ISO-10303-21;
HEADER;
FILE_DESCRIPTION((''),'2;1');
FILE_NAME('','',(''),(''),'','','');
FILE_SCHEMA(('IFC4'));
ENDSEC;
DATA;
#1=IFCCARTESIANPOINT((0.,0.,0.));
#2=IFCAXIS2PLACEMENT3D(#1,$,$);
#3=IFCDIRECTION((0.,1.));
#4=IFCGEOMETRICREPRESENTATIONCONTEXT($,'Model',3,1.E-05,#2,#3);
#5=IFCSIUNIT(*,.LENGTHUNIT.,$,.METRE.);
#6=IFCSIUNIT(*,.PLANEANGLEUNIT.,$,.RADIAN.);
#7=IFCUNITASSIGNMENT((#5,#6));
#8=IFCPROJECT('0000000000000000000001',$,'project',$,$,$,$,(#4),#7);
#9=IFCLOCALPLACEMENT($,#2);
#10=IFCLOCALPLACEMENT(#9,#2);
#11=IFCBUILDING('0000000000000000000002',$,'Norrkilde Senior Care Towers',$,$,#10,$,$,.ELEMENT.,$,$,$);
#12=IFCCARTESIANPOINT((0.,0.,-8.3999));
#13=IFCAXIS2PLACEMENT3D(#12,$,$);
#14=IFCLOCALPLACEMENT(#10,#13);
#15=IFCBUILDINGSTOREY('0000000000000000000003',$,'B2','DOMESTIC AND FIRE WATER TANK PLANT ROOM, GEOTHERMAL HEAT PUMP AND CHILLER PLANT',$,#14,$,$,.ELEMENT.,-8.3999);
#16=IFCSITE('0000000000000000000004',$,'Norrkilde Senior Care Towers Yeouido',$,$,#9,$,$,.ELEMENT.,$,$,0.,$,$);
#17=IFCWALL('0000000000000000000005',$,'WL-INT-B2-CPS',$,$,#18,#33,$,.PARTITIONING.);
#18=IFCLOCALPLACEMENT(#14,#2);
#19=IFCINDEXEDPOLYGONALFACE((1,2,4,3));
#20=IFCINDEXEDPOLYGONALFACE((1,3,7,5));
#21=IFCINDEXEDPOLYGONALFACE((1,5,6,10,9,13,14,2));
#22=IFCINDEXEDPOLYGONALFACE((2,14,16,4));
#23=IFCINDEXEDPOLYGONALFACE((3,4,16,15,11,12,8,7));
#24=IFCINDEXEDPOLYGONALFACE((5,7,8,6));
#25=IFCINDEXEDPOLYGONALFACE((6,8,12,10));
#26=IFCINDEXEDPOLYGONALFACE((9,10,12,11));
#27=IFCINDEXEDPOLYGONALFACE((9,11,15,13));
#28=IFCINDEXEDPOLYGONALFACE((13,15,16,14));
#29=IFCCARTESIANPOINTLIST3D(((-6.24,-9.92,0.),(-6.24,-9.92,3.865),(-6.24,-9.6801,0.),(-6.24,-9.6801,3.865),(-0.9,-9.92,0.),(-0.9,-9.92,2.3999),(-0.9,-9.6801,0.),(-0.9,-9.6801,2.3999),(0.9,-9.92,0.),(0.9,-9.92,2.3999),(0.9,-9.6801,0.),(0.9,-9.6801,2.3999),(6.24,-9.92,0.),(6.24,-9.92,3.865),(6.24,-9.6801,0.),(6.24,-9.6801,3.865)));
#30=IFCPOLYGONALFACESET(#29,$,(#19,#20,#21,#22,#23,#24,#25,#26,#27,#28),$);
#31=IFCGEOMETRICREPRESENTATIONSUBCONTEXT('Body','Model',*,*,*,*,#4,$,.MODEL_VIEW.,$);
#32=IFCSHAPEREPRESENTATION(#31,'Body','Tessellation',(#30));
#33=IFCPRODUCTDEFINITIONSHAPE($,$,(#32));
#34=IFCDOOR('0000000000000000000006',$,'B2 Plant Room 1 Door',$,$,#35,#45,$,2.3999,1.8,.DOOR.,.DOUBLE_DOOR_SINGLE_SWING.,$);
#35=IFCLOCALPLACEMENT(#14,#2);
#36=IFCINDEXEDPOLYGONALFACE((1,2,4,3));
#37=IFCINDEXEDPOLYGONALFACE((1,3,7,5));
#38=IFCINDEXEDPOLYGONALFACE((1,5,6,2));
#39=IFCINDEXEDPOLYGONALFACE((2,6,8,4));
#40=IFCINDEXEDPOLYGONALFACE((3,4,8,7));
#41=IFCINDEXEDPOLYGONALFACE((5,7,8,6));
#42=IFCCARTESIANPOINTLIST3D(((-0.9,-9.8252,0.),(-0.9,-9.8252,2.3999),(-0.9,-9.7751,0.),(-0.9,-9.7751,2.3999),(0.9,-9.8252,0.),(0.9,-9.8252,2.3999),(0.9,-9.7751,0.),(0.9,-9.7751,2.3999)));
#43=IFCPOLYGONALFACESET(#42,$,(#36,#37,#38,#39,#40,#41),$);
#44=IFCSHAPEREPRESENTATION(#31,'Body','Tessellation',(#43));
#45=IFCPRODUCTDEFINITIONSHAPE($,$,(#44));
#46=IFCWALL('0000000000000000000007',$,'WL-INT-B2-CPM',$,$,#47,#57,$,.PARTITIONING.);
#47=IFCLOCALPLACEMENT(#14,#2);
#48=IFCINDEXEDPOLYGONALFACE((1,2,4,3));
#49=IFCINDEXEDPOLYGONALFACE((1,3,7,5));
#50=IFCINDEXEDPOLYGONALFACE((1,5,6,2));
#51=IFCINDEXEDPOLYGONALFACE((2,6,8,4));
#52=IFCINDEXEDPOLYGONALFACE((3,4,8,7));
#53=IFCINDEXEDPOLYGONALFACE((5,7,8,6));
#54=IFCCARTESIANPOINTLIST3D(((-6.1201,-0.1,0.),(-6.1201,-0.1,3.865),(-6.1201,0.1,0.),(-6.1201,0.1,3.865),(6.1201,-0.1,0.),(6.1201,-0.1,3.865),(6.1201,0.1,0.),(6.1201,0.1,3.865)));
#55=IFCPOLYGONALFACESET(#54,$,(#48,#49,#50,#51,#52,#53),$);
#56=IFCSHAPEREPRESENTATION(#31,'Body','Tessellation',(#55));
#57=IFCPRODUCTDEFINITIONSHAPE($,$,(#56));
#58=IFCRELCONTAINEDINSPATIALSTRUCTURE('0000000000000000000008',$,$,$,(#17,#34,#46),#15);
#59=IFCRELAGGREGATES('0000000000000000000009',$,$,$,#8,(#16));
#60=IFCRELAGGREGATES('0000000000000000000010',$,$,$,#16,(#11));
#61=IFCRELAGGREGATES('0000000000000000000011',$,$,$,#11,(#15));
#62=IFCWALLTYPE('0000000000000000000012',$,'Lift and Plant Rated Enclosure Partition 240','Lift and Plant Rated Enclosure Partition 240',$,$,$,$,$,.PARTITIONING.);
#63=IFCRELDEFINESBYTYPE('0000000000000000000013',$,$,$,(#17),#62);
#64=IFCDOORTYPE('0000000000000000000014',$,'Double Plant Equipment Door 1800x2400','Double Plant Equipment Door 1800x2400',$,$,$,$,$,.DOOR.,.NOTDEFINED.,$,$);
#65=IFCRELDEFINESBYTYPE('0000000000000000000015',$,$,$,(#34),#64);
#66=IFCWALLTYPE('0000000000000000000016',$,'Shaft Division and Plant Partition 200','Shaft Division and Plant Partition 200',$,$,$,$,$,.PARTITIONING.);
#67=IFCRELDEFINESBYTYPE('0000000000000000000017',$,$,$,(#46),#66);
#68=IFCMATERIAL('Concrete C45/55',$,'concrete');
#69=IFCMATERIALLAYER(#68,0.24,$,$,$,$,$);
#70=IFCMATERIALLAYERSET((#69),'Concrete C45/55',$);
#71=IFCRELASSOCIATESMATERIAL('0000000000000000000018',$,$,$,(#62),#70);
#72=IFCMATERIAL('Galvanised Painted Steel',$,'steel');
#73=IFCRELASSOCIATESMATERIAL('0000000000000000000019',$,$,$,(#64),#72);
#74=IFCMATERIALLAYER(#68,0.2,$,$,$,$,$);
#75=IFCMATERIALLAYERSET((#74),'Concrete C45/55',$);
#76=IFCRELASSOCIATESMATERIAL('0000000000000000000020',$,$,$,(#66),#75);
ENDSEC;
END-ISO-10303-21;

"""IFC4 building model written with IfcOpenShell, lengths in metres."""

from ifc_helpers import new_model, si_unit, direction, frame, frame_2d, origin, place, context, subcontext, project, spatial, rectangle, extrude, source, transform, mapped, material, layer, layer_set, type_object, type_shapes, element, fill, save


model = new_model("IFC4")

# Units and contexts
model_context = context("Model", 3, precision=1e-05, world=origin(), true_north=direction((0.0, 1.0)))
body_context = subcontext(model_context, "Body", "Model", "MODEL_VIEW")
ifc_project = project(units=[si_unit("LENGTHUNIT", "METRE"), si_unit("PLANEANGLEUNIT", "RADIAN")], contexts=[model_context])

# Site, building, storey
site_placement = place(None, origin())
site = spatial("IfcSite", under=ifc_project, at=site_placement, Name="Norrkilde Senior Care Towers Yeouido", CompositionType="ELEMENT", RefElevation=0.0)
building_placement = place(site_placement, origin())
building = spatial("IfcBuilding", under=site, at=building_placement, Name="Norrkilde Senior Care Towers", CompositionType="ELEMENT")
storey_placement = place(building_placement, frame((0.0, 0.0, -8.3999)))
storey = spatial("IfcBuildingStorey", under=building, at=storey_placement, Name="B2", Description="DOMESTIC AND FIRE WATER TANK PLANT ROOM, GEOTHERMAL HEAT PUMP AND CHILLER PLANT", CompositionType="ELEMENT", Elevation=-8.3999)

# Shared definitions
ifc_material_1 = material(Name="Concrete C45/55", Category="concrete")

# Shared definitions
ifc_layer_1 = layer(ifc_material_1, 0.24)
ifc_layer_set_1 = layer_set([ifc_layer_1], Name="Concrete C45/55")
wall_type_1 = type_object("IfcWallType", Name="Lift and Plant Rated Enclosure Partition 240", Description="Lift and Plant Rated Enclosure Partition 240", PredefinedType="PARTITIONING", material=ifc_layer_set_1)

# Wall, opening, door
shared_shape_1 = source(origin(), body_context, "Body", "SweptSolid", [
    extrude(rectangle(XDim=12.48, YDim=0.24, at=frame_2d((6.24, 0.0))), origin(), (0.0, 0.0, 1.0), 3.865),
])
wall_1_placement = place(storey_placement, frame((-6.24, -9.8, 0.0), z_axis=(0.0, 0.0, 1.0), x_axis=(1.0, 0.0, 0.0)))
wall_1 = element("IfcWall", 1, at=wall_1_placement, inside=storey, type_object=wall_type_1, Name="WL-INT-B2-CPS", PredefinedType="PARTITIONING", context=body_context, shape_type="MappedRepresentation", body=[
    mapped(shared_shape_1, transform((0.0, 0.0, 0.0), x_axis=(1.0, 0.0, 0.0), y_axis=(0.0, 1.0, 0.0), z_axis=(0.0, 0.0, 1.0), scale=1.0)),
])
opening_placement = place(wall_1_placement, frame((5.3401, 0.0, 0.0)))
opening = element("IfcOpeningElement", 2, at=opening_placement, cuts=wall_1, PredefinedType="OPENING", context=body_context, shape_type="SweptSolid", body=[
    extrude(rectangle(XDim=1.8, YDim=2.3999, at=frame_2d((0.8999, 1.2))), frame((0.0, 0.1299, 0.0), z_axis=(0.0, -1.0, 0.0), x_axis=(1.0, 0.0, 0.0)), (0.0, 0.0, 1.0), 0.26),
])
ifc_material_2 = material(Name="Galvanised Painted Steel", Category="steel")
door_type = type_object("IfcDoorType", Name="Double Plant Equipment Door 1800x2400", Description="Double Plant Equipment Door 1800x2400", OperationType="NOTDEFINED", PredefinedType="DOOR", material=ifc_material_2)
shared_shape_2 = source(origin(), body_context, "Body", "SweptSolid", [
    extrude(rectangle(XDim=1.8, YDim=2.3999, at=frame_2d((0.8999, 1.2))), frame((0.0, 0.0249, 0.0), z_axis=(0.0, -1.0, 0.0), x_axis=(1.0, 0.0, 0.0)), (0.0, 0.0, 1.0), 0.05),
])
type_shapes(door_type, [shared_shape_2])
door_placement = place(opening_placement, origin())
door = element("IfcDoor", 3, at=door_placement, inside=storey, type_object=door_type, Name="B2 Plant Room 1 Door", OperationType="DOUBLE_DOOR_SINGLE_SWING", OverallHeight=2.3999, OverallWidth=1.8, PredefinedType="DOOR", context=body_context, shape_type="MappedRepresentation", body=[
    mapped(shared_shape_2, transform((0.0, 0.0, 0.0), x_axis=(1.0, 0.0, 0.0), y_axis=(0.0, 1.0, 0.0), z_axis=(0.0, 0.0, 1.0), scale=1.0)),
])
fill(opening, door)

# Wall
ifc_layer_2 = layer(ifc_material_1, 0.2)
ifc_layer_set_2 = layer_set([ifc_layer_2], Name="Concrete C45/55")
wall_type_2 = type_object("IfcWallType", Name="Shaft Division and Plant Partition 200", Description="Shaft Division and Plant Partition 200", PredefinedType="PARTITIONING", material=ifc_layer_set_2)
shared_shape_3 = source(origin(), body_context, "Body", "SweptSolid", [
    extrude(rectangle(XDim=12.2402, YDim=0.2, at=frame_2d((6.1201, 0.0))), origin(), (0.0, 0.0, 1.0), 3.865),
])
type_shapes(wall_type_2, [shared_shape_3])
wall_2_placement = place(storey_placement, frame((-6.1201, 0.0, 0.0), z_axis=(0.0, 0.0, 1.0), x_axis=(1.0, 0.0, 0.0)))
element("IfcWall", 4, at=wall_2_placement, inside=storey, type_object=wall_type_2, Name="WL-INT-B2-CPM", PredefinedType="PARTITIONING", context=body_context, shape_type="MappedRepresentation", body=[
    mapped(shared_shape_3, transform((0.0, 0.0, 0.0), x_axis=(1.0, 0.0, 0.0), y_axis=(0.0, 1.0, 0.0), z_axis=(0.0, 0.0, 1.0), scale=1.0)),
])

save(model, "model.ifc")
